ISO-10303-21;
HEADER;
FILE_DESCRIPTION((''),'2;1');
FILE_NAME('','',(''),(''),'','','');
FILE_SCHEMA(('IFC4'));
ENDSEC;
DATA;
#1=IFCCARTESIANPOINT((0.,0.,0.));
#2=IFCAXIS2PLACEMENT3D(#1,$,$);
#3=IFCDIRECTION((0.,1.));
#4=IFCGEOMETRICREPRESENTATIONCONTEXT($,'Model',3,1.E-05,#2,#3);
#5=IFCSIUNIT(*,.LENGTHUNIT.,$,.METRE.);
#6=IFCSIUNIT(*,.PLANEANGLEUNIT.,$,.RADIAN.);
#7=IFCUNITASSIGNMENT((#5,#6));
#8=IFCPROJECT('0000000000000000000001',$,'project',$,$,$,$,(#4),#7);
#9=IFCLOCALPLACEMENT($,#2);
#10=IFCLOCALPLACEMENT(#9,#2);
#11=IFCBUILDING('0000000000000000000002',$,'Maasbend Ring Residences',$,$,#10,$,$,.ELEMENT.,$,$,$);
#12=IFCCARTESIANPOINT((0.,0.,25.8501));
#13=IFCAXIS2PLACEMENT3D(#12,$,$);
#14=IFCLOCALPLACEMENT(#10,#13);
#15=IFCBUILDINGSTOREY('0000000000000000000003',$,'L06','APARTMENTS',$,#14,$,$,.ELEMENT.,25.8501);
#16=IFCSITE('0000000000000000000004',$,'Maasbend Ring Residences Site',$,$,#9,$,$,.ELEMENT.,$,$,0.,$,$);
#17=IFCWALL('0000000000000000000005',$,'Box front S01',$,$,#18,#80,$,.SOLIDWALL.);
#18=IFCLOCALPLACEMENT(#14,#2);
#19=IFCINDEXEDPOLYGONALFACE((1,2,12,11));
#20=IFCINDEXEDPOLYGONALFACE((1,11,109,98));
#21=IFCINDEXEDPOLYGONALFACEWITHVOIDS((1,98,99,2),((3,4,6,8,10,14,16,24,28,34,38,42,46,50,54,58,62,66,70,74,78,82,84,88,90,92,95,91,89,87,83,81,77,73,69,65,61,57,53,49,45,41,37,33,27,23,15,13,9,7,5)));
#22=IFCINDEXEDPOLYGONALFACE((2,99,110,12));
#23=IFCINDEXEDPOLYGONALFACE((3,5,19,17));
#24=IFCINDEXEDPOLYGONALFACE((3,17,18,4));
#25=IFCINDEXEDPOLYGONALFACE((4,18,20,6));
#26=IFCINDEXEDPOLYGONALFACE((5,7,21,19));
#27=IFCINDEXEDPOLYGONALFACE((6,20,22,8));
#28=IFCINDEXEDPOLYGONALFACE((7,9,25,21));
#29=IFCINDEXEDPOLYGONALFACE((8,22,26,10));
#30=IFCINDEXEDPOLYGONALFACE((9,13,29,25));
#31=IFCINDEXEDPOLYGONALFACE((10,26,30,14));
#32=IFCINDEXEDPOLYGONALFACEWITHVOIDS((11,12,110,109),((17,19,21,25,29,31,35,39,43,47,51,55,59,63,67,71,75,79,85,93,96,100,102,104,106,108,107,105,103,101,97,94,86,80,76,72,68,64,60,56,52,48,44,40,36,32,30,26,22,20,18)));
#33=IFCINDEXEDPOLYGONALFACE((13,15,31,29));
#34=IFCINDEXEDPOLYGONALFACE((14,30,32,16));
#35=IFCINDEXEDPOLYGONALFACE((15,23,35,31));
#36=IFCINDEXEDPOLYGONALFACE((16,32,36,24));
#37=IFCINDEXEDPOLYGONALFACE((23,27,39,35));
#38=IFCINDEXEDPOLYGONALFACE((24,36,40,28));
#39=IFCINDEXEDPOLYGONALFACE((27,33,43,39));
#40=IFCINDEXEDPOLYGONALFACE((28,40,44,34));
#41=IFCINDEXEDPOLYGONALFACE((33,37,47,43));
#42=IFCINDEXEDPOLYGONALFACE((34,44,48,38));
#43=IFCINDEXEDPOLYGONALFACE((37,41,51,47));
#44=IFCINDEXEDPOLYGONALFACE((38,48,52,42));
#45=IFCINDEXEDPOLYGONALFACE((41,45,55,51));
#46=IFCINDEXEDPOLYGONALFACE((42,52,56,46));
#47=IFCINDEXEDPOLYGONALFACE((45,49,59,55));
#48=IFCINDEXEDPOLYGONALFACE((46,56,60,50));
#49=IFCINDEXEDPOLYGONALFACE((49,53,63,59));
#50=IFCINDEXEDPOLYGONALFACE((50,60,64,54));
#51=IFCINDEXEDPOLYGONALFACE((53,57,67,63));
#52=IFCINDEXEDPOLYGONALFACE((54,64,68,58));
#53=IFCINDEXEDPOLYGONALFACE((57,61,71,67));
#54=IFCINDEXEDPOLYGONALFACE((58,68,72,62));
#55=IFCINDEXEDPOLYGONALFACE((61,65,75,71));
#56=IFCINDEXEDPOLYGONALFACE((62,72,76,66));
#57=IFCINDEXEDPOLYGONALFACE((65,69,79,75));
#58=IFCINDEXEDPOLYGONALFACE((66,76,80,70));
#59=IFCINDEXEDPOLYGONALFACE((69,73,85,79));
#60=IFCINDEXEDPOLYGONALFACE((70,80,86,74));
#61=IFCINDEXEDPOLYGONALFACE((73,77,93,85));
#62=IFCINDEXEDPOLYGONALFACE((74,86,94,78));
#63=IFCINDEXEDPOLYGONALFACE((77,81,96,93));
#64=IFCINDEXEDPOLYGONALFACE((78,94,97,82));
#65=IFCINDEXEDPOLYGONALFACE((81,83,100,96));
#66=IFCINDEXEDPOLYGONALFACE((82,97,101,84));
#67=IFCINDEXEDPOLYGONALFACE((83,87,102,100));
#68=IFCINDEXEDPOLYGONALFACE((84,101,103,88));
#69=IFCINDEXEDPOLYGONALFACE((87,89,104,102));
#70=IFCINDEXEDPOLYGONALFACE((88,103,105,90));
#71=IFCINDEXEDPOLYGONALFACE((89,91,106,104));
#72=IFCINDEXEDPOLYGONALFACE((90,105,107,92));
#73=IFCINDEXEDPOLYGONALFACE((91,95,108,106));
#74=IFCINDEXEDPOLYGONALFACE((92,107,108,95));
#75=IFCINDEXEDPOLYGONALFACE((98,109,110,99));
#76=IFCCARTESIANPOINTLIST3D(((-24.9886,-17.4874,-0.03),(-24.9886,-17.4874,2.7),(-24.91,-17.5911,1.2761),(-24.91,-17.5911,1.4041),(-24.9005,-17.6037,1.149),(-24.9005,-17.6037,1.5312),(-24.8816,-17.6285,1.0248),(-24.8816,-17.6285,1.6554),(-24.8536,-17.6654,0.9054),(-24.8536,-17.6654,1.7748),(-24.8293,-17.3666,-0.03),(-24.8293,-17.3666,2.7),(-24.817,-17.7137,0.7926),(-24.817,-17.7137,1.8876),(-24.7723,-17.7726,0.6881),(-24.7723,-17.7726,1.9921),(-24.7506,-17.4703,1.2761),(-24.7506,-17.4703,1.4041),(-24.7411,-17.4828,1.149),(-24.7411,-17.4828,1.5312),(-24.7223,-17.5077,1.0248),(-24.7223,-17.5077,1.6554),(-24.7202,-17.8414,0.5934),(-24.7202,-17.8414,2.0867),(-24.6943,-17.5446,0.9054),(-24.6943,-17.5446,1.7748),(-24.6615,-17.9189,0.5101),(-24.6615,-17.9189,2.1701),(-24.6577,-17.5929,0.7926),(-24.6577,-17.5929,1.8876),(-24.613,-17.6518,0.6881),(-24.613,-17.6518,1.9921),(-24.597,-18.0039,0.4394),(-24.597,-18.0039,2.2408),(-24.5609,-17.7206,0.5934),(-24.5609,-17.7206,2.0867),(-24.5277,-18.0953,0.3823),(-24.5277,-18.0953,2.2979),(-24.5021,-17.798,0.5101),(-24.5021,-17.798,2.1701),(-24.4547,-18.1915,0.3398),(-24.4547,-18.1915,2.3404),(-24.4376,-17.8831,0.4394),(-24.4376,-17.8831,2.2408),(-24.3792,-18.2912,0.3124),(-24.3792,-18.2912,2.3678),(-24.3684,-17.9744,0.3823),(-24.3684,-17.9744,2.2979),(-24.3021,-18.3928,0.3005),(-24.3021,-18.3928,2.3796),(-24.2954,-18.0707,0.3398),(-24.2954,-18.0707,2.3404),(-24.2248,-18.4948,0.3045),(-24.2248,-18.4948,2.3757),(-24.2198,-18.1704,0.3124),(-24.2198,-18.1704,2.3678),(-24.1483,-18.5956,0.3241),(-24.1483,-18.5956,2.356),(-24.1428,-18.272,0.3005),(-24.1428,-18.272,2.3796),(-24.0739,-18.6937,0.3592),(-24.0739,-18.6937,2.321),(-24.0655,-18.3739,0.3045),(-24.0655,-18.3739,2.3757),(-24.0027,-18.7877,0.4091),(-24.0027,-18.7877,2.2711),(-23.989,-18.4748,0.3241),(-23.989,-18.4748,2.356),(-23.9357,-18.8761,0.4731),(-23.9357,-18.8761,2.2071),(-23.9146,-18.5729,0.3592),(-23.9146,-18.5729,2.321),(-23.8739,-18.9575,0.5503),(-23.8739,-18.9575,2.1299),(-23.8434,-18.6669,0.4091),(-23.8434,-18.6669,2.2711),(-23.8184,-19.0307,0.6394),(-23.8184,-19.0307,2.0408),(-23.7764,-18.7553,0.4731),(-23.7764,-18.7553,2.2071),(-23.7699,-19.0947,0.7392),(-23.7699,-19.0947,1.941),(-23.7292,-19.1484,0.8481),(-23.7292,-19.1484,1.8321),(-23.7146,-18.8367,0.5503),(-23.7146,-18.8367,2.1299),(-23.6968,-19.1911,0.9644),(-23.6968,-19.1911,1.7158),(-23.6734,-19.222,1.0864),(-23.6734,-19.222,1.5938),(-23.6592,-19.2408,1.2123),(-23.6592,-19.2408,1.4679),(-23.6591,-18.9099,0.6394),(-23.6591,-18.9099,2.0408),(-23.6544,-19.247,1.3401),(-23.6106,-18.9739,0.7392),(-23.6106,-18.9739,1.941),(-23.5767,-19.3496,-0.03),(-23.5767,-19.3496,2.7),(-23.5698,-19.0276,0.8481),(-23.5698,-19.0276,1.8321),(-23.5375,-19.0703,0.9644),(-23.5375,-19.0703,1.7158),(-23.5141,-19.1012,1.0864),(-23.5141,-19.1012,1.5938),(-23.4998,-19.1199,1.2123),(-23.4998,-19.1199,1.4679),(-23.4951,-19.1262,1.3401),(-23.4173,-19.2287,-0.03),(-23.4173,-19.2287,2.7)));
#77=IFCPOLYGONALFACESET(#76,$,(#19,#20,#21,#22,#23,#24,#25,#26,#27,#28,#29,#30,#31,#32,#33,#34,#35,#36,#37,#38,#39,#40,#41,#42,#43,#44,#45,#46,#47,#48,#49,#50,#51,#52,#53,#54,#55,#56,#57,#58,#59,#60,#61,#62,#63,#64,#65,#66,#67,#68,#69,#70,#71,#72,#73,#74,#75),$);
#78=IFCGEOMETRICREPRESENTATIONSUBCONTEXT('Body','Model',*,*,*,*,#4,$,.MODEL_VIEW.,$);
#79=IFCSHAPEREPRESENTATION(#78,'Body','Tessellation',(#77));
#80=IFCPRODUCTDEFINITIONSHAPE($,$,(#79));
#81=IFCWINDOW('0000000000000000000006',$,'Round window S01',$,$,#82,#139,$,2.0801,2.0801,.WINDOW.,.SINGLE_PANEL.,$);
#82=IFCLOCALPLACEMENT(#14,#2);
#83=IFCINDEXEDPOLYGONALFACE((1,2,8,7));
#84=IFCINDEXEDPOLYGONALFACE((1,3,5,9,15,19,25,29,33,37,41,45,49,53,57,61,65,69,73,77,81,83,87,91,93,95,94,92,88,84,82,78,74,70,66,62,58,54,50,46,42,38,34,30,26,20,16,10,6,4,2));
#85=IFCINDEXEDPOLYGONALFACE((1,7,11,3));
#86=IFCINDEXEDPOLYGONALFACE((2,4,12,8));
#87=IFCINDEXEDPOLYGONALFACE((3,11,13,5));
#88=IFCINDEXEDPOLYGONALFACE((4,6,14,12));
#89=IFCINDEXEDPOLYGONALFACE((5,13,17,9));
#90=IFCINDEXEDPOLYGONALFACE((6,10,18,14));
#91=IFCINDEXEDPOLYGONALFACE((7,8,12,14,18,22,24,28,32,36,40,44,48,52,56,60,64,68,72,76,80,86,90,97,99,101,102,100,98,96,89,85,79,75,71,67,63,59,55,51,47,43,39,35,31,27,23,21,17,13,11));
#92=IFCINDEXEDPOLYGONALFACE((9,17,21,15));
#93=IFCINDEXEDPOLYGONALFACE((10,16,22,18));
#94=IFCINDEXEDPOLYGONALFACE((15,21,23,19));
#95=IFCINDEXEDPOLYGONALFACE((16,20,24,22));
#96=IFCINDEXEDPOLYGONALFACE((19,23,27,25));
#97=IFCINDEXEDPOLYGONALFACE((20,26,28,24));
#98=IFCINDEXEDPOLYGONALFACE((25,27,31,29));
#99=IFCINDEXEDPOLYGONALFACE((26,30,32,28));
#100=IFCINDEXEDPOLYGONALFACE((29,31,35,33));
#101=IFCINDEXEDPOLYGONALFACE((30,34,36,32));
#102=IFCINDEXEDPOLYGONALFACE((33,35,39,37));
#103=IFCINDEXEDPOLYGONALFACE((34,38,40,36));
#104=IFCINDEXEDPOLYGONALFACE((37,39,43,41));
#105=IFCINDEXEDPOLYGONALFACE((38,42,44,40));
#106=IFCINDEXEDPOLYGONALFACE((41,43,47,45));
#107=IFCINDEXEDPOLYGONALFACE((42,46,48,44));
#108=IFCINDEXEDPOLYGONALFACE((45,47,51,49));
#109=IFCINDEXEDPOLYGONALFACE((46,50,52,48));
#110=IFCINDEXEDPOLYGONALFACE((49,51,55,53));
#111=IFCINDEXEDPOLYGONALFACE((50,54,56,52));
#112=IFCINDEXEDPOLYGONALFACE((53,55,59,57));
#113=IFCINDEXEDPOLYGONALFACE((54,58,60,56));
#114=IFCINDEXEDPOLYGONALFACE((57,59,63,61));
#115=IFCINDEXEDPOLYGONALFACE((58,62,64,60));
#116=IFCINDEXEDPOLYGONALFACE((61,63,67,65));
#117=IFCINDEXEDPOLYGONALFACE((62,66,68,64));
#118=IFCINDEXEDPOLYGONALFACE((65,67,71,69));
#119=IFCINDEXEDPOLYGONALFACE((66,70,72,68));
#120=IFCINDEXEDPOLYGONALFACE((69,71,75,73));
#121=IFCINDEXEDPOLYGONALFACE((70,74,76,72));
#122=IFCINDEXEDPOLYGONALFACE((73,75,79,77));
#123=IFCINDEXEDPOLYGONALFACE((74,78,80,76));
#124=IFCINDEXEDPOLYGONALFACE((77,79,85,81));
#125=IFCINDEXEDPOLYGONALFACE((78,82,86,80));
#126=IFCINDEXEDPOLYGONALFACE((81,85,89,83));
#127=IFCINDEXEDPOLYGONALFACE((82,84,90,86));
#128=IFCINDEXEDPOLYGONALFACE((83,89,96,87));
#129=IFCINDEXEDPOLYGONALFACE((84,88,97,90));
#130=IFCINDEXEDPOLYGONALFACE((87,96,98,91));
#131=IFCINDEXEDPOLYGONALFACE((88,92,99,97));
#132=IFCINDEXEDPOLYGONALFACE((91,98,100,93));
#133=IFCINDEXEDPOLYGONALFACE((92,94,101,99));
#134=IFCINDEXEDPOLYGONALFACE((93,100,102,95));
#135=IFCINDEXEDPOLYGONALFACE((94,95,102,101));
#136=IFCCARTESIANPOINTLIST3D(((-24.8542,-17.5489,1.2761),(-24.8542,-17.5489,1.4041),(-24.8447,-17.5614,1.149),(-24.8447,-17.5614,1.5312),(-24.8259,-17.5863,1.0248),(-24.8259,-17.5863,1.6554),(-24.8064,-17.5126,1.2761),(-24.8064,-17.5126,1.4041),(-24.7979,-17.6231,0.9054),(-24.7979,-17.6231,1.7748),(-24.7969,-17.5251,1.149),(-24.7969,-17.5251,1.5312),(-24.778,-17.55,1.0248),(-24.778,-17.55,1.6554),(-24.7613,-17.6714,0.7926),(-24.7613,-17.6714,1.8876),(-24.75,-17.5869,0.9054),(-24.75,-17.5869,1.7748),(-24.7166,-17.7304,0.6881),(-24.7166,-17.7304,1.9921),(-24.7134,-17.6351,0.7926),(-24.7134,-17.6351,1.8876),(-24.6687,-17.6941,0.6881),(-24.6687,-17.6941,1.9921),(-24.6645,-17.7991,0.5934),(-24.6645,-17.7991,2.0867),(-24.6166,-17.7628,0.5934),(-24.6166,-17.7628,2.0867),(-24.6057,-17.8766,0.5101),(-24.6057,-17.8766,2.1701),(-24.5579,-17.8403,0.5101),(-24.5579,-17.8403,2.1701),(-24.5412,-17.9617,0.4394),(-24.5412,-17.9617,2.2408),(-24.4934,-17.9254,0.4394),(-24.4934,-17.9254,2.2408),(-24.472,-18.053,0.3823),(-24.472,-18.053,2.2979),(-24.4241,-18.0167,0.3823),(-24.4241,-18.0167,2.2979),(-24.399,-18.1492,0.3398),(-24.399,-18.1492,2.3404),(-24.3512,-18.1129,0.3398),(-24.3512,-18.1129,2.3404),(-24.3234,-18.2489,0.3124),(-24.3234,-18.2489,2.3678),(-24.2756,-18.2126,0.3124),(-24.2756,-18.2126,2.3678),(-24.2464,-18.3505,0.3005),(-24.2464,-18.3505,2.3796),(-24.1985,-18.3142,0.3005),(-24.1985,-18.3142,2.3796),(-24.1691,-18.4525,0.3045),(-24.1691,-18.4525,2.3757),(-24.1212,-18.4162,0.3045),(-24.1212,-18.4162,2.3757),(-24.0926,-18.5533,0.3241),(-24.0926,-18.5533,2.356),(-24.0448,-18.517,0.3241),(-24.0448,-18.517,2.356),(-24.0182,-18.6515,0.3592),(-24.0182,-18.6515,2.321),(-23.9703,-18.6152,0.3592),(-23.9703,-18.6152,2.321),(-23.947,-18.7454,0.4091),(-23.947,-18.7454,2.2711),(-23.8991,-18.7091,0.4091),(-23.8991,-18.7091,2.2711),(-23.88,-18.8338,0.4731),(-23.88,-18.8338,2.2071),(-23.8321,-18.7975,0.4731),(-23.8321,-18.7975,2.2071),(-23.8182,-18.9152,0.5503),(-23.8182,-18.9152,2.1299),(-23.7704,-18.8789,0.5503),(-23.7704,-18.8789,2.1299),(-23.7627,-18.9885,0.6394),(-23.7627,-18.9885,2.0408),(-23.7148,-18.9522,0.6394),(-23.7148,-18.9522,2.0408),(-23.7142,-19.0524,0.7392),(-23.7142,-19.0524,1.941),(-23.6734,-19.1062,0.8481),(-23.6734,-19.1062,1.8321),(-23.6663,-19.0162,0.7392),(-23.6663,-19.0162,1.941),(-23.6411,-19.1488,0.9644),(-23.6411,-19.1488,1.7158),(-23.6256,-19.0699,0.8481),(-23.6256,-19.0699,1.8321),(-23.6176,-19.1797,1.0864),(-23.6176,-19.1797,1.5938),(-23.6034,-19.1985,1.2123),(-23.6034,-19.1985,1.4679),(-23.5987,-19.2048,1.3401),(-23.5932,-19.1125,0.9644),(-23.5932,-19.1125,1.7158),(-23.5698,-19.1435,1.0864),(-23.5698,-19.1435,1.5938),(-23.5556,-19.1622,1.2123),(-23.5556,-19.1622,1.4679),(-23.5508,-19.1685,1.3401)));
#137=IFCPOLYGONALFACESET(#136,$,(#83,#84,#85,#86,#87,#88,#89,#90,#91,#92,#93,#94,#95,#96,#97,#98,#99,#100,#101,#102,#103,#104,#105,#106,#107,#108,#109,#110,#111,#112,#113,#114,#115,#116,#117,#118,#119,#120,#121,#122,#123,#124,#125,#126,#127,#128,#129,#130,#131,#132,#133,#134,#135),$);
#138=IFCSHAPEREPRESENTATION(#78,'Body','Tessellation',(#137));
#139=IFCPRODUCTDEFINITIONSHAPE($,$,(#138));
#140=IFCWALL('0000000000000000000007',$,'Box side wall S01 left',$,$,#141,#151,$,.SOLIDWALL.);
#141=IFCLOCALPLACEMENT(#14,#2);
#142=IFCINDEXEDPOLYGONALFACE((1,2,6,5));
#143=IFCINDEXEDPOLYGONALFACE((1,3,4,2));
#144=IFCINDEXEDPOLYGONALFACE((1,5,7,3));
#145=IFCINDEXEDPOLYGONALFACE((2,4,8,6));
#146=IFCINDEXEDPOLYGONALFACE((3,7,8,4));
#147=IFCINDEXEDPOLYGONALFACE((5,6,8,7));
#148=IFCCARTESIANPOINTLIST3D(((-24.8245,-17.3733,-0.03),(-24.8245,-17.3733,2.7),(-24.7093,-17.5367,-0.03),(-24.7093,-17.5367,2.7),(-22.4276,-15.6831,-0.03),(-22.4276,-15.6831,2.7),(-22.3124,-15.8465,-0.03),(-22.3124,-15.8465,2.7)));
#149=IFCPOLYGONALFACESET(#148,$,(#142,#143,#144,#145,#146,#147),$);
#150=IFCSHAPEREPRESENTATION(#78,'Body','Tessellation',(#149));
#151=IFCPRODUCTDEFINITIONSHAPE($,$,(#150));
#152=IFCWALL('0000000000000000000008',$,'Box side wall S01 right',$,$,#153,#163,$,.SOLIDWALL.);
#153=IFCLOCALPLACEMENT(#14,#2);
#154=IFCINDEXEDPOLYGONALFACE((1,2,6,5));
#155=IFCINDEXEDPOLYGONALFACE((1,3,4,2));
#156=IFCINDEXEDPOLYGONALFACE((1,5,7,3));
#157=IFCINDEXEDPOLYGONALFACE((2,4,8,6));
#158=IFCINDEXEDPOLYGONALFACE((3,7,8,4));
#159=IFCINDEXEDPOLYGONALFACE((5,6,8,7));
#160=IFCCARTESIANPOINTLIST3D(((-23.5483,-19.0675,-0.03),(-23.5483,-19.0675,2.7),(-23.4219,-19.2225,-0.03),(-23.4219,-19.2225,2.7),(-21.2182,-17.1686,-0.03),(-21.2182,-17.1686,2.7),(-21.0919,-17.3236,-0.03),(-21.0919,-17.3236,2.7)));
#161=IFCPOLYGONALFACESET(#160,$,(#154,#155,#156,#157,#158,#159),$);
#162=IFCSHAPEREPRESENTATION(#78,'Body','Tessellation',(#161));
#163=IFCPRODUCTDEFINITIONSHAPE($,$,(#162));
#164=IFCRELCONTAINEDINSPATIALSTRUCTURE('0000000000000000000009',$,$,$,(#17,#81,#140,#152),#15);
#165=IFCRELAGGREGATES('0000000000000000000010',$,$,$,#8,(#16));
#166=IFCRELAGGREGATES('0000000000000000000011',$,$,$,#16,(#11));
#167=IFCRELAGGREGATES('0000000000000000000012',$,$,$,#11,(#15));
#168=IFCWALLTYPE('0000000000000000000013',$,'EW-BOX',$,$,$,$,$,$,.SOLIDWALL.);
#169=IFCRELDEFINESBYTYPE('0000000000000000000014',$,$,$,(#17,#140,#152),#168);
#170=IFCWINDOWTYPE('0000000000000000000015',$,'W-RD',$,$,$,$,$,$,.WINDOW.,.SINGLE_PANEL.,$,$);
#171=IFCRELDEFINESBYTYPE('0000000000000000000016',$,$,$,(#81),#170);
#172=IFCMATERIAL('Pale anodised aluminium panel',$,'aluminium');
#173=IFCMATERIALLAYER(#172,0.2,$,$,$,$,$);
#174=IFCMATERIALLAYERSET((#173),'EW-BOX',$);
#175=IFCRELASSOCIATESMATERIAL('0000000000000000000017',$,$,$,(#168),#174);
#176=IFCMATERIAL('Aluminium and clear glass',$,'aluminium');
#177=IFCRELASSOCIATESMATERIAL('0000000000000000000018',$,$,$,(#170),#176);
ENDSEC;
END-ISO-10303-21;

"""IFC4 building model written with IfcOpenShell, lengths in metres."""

from ifc_helpers import new_model, si_unit, direction, frame, frame_2d, origin, place, context, subcontext, project, spatial, rectangle, circle, extrude, material, layer, layer_set, type_object, element, fill, save


model = new_model("IFC4")

# Units and contexts
model_context = context("Model", 3, precision=1e-05, world=origin(), true_north=direction((0.0, 1.0)))
body_context = subcontext(model_context, "Body", "Model", "MODEL_VIEW")
ifc_project = project(units=[si_unit("LENGTHUNIT", "METRE"), si_unit("PLANEANGLEUNIT", "RADIAN")], contexts=[model_context])

# Site, building, storey
site_placement = place(None, origin())
site = spatial("IfcSite", under=ifc_project, at=site_placement, Name="Maasbend Ring Residences Site", CompositionType="ELEMENT", RefElevation=0.0)
building_placement = place(site_placement, origin())
building = spatial("IfcBuilding", under=site, at=building_placement, Name="Maasbend Ring Residences", CompositionType="ELEMENT")
storey_placement = place(building_placement, frame((0.0, 0.0, 25.8501)))
storey = spatial("IfcBuildingStorey", under=building, at=storey_placement, Name="L06", Description="APARTMENTS", CompositionType="ELEMENT", Elevation=25.8501)

# Wall, opening, window
ifc_material_1 = material(Name="Pale anodised aluminium panel", Category="aluminium")
ifc_layer_1 = layer(ifc_material_1, 0.2)
ifc_layer_set_1 = layer_set([ifc_layer_1], Name="EW-BOX")
wall_type_1 = type_object("IfcWallType", Name="EW-BOX", PredefinedType="SOLIDWALL", material=ifc_layer_set_1)
wall_1_placement = place(storey_placement, frame((-24.9089, -17.427, -0.03), z_axis=(0.0, 0.0, 1.0), x_axis=(0.604188, -0.796842, 0.0)))
wall_1 = element("IfcWall", 1, at=wall_1_placement, inside=storey, type_object=wall_type_1, Name="Box front S01", PredefinedType="SOLIDWALL", context=body_context, shape_type="SweptSolid", body=[
    extrude(rectangle(XDim=2.3369, YDim=0.2, at=frame_2d((1.1685, 0.0))), origin(), (0.0, 0.0, 1.0), 2.73),
])
opening_1_placement = place(wall_1_placement, frame((0.1282, 0.0, 0.3301)))
opening_1 = element("IfcOpeningElement", 2, at=opening_1_placement, cuts=wall_1, PredefinedType="OPENING", context=body_context, shape_type="SweptSolid", body=[
    extrude(circle(Radius=1.04, at=frame_2d((1.04, 1.04))), frame((0.0, 0.1099, 0.0), z_axis=(0.0, -1.0, 0.0), x_axis=(1.0, 0.0, 0.0)), (0.0, 0.0, 1.0), 0.22),
])
ifc_material_2 = material(Name="Aluminium and clear glass", Category="aluminium")
window_type_1 = type_object("IfcWindowType", Name="W-RD", PartitioningType="SINGLE_PANEL", PredefinedType="WINDOW", material=ifc_material_2)
window_1_placement = place(opening_1_placement, origin())
window_1 = element("IfcWindow", 3, at=window_1_placement, inside=storey, type_object=window_type_1, Name="Round window S01", OverallHeight=2.0801, OverallWidth=2.0801, PartitioningType="SINGLE_PANEL", PredefinedType="WINDOW", context=body_context, shape_type="SweptSolid", body=[
    extrude(circle(Radius=1.04, at=frame_2d((1.04, 1.04))), frame((0.0, 0.03, 0.0), z_axis=(0.0, -1.0, 0.0), x_axis=(1.0, 0.0, 0.0)), (0.0, 0.0, 1.0), 0.0601),
])
fill(opening_1, window_1)

# Walls
wall_2_placement = place(storey_placement, frame((-22.3701, -15.7649, -0.03), z_axis=(0.0, 0.0, 1.0), x_axis=(-0.817256, -0.576275, 0.0)))
element("IfcWall", 4, at=wall_2_placement, inside=storey, type_object=wall_type_1, Name="Box side wall S01 left", PredefinedType="SOLIDWALL", context=body_context, shape_type="SweptSolid", body=[
    extrude(rectangle(XDim=2.9329, YDim=0.2, at=frame_2d((1.4663, 0.0))), origin(), (0.0, 0.0, 1.0), 2.73),
])
wall_3_placement = place(storey_placement, frame((-21.155, -17.2461, -0.03), z_axis=(0.0, 0.0, 1.0), x_axis=(-0.775179, -0.631742, 0.0)))
element("IfcWall", 5, at=wall_3_placement, inside=storey, type_object=wall_type_1, Name="Box side wall S01 right", PredefinedType="SOLIDWALL", context=body_context, shape_type="SweptSolid", body=[
    extrude(rectangle(XDim=3.0059, YDim=0.2, at=frame_2d((1.5029, 0.0))), origin(), (0.0, 0.0, 1.0), 2.73),
])

save(model, "model.ifc")
